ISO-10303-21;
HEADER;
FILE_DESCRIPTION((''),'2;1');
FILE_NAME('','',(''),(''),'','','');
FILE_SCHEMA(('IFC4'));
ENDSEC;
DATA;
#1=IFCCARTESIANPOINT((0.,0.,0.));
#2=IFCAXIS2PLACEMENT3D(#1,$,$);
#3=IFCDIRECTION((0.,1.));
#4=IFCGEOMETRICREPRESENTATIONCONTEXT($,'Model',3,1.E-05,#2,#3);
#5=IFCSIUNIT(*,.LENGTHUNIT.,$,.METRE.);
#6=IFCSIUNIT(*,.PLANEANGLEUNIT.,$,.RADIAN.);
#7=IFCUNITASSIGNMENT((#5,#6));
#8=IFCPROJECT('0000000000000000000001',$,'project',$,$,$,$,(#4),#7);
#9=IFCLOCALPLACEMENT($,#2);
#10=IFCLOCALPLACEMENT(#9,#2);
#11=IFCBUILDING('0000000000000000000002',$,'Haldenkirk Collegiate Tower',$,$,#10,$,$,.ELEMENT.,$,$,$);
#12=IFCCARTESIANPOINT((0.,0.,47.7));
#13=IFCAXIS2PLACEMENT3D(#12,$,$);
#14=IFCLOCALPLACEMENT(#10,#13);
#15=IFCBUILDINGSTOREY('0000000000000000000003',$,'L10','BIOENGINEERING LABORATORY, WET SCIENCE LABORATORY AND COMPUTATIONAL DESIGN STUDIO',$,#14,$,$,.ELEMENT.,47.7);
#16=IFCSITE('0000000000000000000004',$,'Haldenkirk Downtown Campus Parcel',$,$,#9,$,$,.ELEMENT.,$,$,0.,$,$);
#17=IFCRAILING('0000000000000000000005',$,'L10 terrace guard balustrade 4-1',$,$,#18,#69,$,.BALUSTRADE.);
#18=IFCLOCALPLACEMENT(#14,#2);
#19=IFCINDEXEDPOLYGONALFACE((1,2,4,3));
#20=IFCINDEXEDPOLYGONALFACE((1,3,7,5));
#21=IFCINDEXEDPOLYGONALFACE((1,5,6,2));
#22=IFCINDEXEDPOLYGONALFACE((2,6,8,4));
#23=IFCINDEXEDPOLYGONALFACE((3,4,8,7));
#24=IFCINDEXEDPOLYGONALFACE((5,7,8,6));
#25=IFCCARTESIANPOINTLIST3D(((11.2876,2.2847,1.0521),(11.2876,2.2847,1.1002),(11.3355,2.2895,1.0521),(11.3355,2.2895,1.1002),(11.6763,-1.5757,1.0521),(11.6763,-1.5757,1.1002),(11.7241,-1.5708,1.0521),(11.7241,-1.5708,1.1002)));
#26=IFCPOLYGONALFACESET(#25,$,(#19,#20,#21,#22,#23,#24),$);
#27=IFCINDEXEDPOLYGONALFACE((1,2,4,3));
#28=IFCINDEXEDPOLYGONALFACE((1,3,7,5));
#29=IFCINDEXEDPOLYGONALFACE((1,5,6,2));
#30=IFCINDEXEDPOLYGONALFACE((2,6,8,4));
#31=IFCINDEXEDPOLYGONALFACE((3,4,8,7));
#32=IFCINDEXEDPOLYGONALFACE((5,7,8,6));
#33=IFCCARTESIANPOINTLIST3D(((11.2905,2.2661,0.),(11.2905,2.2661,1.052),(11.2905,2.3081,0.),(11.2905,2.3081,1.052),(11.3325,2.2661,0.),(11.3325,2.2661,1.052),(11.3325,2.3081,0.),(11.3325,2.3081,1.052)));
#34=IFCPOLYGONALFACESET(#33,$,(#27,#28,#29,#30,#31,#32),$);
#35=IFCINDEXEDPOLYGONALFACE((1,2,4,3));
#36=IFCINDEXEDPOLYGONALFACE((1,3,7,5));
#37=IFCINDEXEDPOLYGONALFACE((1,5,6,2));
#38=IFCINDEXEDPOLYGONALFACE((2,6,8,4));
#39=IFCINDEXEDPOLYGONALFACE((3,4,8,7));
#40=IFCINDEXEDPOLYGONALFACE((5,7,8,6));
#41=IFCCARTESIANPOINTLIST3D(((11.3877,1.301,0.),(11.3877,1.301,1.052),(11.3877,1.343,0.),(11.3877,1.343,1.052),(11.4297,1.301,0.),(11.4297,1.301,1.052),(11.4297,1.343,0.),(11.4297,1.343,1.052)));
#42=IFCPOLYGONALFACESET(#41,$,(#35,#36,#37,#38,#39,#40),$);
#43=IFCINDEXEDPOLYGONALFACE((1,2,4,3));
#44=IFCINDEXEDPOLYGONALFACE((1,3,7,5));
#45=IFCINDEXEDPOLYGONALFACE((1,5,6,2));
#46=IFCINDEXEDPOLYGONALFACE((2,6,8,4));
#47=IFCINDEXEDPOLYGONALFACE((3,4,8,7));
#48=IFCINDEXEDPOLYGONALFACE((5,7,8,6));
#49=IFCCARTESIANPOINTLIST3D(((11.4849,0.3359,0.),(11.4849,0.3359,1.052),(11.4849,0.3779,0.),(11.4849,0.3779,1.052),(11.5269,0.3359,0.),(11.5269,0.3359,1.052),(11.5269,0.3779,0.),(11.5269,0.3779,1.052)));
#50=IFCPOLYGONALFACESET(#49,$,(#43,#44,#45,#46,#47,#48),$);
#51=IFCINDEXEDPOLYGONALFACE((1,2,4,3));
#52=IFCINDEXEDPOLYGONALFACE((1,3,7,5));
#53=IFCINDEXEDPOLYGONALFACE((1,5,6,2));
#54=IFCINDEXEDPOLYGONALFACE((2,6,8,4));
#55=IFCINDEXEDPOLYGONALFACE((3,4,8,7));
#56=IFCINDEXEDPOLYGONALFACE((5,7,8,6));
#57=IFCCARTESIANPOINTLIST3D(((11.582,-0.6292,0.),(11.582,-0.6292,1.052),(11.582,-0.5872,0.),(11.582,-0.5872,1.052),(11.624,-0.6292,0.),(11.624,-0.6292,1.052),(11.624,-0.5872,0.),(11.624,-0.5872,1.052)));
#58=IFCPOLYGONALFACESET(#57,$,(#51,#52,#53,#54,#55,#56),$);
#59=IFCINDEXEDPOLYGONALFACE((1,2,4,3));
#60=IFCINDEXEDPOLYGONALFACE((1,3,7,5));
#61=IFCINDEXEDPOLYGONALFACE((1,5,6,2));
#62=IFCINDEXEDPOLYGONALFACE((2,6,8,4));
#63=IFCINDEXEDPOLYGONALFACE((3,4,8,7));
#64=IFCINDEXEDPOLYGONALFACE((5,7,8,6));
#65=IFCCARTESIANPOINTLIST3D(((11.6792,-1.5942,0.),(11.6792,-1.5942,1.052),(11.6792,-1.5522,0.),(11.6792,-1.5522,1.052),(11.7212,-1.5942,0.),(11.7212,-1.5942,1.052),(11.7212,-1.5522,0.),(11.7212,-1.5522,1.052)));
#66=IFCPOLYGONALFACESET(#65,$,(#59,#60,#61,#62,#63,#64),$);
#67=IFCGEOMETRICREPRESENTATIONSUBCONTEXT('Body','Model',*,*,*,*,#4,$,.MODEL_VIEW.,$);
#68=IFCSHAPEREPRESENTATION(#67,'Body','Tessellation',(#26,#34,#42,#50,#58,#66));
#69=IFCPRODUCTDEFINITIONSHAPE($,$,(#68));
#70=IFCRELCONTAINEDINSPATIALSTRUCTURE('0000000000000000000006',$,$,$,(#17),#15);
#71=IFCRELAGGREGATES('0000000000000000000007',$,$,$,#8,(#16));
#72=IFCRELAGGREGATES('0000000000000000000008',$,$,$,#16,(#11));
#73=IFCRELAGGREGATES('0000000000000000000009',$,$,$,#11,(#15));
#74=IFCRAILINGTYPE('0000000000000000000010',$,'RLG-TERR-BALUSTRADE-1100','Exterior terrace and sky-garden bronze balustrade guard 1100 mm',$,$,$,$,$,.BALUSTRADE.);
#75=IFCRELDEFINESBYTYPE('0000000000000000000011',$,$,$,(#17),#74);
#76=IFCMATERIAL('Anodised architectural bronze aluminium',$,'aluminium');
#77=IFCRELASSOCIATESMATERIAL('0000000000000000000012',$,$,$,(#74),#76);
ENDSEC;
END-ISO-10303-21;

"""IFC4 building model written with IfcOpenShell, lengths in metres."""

from ifc_helpers import new_model, si_unit, direction, frame, origin, origin_2d, place, context, subcontext, project, spatial, rectangle, extrude, material, type_object, element, save


model = new_model("IFC4")

# Units and contexts
model_context = context("Model", 3, precision=1e-05, world=origin(), true_north=direction((0.0, 1.0)))
body_context = subcontext(model_context, "Body", "Model", "MODEL_VIEW")
ifc_project = project(units=[si_unit("LENGTHUNIT", "METRE"), si_unit("PLANEANGLEUNIT", "RADIAN")], contexts=[model_context])

# Site, building, storey
site_placement = place(None, origin())
site = spatial("IfcSite", under=ifc_project, at=site_placement, Name="Haldenkirk Downtown Campus Parcel", CompositionType="ELEMENT", RefElevation=0.0)
building_placement = place(site_placement, origin())
building = spatial("IfcBuilding", under=site, at=building_placement, Name="Haldenkirk Collegiate Tower", CompositionType="ELEMENT")
storey_placement = place(building_placement, frame((0.0, 0.0, 47.7)))
storey = spatial("IfcBuildingStorey", under=building, at=storey_placement, Name="L10", Description="BIOENGINEERING LABORATORY, WET SCIENCE LABORATORY AND COMPUTATIONAL DESIGN STUDIO", CompositionType="ELEMENT", Elevation=47.7)

# Shared definitions
ifc_material_1 = material(Name="Anodised architectural bronze aluminium", Category="aluminium")

# Railing
railing_type_1 = type_object("IfcRailingType", Name="RLG-TERR-BALUSTRADE-1100", Description="Exterior terrace and sky-garden bronze balustrade guard 1100 mm", PredefinedType="BALUSTRADE", material=ifc_material_1)
railing_1_placement = place(storey_placement, frame((11.3115, 2.2871, 0.0)))
element("IfcRailing", 1, at=railing_1_placement, inside=storey, type_object=railing_type_1, Name="L10 terrace guard balustrade 4-1", PredefinedType="BALUSTRADE", context=body_context, shape_type="SweptSolid", body=[
    extrude(rectangle(XDim=0.0481, YDim=0.0481, at=origin_2d()), frame((0.0, 0.0, 1.0762), z_axis=(0.100177, -0.99497, 0.0), x_axis=(0.99497, 0.100177, 0.0)), (0.0, 0.0, 1.0), 3.8799),
    extrude(rectangle(XDim=0.042, YDim=0.042, at=origin_2d()), origin(), (0.0, 0.0, 1.0), 1.052),
    extrude(rectangle(XDim=0.042, YDim=0.042, at=origin_2d()), frame((0.0972, -0.9651, 0.0)), (0.0, 0.0, 1.0), 1.052),
    extrude(rectangle(XDim=0.042, YDim=0.042, at=origin_2d()), frame((0.1943, -1.9302, 0.0)), (0.0, 0.0, 1.0), 1.052),
    extrude(rectangle(XDim=0.042, YDim=0.042, at=origin_2d()), frame((0.2915, -2.8953, 0.0)), (0.0, 0.0, 1.0), 1.052),
    extrude(rectangle(XDim=0.042, YDim=0.042, at=origin_2d()), frame((0.3887, -3.8604, 0.0)), (0.0, 0.0, 1.0), 1.052),
])

save(model, "model.ifc")
